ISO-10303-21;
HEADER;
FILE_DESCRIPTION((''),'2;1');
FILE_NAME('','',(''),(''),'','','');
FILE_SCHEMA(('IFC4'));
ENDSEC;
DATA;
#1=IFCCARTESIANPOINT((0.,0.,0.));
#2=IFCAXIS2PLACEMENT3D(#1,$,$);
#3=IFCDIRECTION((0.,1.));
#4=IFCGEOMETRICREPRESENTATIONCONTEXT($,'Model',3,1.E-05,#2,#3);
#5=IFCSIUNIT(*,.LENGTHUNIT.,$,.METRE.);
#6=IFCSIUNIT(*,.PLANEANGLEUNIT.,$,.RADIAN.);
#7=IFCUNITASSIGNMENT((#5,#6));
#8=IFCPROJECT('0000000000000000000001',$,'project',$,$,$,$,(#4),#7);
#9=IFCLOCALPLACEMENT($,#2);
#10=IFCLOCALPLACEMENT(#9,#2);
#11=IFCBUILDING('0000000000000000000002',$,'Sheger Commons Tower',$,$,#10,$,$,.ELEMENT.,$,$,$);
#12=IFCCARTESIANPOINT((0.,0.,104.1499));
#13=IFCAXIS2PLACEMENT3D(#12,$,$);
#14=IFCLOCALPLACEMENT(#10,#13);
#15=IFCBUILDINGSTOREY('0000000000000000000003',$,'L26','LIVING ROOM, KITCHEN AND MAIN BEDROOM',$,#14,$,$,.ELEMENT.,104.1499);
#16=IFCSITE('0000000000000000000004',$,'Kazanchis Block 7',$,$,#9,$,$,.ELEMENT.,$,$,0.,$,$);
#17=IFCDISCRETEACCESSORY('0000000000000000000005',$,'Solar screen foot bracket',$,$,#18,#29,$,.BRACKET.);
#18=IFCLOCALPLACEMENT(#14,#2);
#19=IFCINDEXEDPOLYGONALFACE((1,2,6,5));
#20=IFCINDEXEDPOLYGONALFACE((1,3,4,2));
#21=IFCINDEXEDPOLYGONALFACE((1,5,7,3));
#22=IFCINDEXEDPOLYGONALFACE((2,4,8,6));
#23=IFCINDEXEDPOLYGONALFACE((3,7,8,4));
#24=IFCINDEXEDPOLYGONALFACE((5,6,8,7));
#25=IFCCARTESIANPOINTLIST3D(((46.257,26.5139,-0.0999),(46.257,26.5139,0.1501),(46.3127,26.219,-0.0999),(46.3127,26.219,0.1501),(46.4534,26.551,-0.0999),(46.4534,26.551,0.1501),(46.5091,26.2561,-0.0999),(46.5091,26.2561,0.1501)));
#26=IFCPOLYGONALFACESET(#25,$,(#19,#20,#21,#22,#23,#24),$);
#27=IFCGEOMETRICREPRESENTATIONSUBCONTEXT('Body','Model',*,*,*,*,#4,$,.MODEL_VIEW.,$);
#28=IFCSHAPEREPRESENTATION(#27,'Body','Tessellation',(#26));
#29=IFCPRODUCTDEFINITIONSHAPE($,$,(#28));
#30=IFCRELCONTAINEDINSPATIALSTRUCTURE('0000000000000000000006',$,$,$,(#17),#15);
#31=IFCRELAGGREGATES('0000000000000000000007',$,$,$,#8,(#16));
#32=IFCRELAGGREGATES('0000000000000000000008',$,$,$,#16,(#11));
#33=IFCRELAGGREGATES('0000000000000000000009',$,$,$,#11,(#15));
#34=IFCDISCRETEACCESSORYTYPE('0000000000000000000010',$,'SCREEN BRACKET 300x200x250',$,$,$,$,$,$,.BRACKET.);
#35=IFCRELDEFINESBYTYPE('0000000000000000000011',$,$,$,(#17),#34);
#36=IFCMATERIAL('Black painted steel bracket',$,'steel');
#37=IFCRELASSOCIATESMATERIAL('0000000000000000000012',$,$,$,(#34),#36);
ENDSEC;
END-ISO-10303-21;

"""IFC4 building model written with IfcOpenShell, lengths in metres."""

from ifc_helpers import new_model, si_unit, direction, frame, origin, origin_2d, place, context, subcontext, project, spatial, rectangle, extrude, material, type_object, element, save


model = new_model("IFC4")

# Units and contexts
model_context = context("Model", 3, precision=1e-05, world=origin(), true_north=direction((0.0, 1.0)))
body_context = subcontext(model_context, "Body", "Model", "MODEL_VIEW")
ifc_project = project(units=[si_unit("LENGTHUNIT", "METRE"), si_unit("PLANEANGLEUNIT", "RADIAN")], contexts=[model_context])

# Site, building, storey
site_placement = place(None, origin())
site = spatial("IfcSite", under=ifc_project, at=site_placement, Name="Kazanchis Block 7", CompositionType="ELEMENT", RefElevation=0.0)
building_placement = place(site_placement, origin())
building = spatial("IfcBuilding", under=site, at=building_placement, Name="Sheger Commons Tower", CompositionType="ELEMENT")
storey_placement = place(building_placement, frame((0.0, 0.0, 104.1499)))
storey = spatial("IfcBuildingStorey", under=building, at=storey_placement, Name="L26", Description="LIVING ROOM, KITCHEN AND MAIN BEDROOM", CompositionType="ELEMENT", Elevation=104.1499)

# Discrete accessory
ifc_material_1 = material(Name="Black painted steel bracket", Category="steel")
discrete_accessory_type = type_object("IfcDiscreteAccessoryType", Name="SCREEN BRACKET 300x200x250", PredefinedType="BRACKET", material=ifc_material_1)
for number, where, z_axis, x_axis, name in (
    (1, (46.3831, 26.385, -0.0999), (0.0, 0.0, 1.0), (-0.185615, 0.982623, 0.0), "Solar screen foot bracket"),
):
    element("IfcDiscreteAccessory", number, at=place(storey_placement, frame(where, z_axis=z_axis, x_axis=x_axis)), inside=storey, type_object=discrete_accessory_type, Name=name, PredefinedType="BRACKET", context=body_context, shape_type="SweptSolid", body=[
        extrude(rectangle(XDim=0.3, YDim=0.2, at=origin_2d()), origin(), (0.0, 0.0, 1.0), 0.25),
    ])

save(model, "model.ifc")
